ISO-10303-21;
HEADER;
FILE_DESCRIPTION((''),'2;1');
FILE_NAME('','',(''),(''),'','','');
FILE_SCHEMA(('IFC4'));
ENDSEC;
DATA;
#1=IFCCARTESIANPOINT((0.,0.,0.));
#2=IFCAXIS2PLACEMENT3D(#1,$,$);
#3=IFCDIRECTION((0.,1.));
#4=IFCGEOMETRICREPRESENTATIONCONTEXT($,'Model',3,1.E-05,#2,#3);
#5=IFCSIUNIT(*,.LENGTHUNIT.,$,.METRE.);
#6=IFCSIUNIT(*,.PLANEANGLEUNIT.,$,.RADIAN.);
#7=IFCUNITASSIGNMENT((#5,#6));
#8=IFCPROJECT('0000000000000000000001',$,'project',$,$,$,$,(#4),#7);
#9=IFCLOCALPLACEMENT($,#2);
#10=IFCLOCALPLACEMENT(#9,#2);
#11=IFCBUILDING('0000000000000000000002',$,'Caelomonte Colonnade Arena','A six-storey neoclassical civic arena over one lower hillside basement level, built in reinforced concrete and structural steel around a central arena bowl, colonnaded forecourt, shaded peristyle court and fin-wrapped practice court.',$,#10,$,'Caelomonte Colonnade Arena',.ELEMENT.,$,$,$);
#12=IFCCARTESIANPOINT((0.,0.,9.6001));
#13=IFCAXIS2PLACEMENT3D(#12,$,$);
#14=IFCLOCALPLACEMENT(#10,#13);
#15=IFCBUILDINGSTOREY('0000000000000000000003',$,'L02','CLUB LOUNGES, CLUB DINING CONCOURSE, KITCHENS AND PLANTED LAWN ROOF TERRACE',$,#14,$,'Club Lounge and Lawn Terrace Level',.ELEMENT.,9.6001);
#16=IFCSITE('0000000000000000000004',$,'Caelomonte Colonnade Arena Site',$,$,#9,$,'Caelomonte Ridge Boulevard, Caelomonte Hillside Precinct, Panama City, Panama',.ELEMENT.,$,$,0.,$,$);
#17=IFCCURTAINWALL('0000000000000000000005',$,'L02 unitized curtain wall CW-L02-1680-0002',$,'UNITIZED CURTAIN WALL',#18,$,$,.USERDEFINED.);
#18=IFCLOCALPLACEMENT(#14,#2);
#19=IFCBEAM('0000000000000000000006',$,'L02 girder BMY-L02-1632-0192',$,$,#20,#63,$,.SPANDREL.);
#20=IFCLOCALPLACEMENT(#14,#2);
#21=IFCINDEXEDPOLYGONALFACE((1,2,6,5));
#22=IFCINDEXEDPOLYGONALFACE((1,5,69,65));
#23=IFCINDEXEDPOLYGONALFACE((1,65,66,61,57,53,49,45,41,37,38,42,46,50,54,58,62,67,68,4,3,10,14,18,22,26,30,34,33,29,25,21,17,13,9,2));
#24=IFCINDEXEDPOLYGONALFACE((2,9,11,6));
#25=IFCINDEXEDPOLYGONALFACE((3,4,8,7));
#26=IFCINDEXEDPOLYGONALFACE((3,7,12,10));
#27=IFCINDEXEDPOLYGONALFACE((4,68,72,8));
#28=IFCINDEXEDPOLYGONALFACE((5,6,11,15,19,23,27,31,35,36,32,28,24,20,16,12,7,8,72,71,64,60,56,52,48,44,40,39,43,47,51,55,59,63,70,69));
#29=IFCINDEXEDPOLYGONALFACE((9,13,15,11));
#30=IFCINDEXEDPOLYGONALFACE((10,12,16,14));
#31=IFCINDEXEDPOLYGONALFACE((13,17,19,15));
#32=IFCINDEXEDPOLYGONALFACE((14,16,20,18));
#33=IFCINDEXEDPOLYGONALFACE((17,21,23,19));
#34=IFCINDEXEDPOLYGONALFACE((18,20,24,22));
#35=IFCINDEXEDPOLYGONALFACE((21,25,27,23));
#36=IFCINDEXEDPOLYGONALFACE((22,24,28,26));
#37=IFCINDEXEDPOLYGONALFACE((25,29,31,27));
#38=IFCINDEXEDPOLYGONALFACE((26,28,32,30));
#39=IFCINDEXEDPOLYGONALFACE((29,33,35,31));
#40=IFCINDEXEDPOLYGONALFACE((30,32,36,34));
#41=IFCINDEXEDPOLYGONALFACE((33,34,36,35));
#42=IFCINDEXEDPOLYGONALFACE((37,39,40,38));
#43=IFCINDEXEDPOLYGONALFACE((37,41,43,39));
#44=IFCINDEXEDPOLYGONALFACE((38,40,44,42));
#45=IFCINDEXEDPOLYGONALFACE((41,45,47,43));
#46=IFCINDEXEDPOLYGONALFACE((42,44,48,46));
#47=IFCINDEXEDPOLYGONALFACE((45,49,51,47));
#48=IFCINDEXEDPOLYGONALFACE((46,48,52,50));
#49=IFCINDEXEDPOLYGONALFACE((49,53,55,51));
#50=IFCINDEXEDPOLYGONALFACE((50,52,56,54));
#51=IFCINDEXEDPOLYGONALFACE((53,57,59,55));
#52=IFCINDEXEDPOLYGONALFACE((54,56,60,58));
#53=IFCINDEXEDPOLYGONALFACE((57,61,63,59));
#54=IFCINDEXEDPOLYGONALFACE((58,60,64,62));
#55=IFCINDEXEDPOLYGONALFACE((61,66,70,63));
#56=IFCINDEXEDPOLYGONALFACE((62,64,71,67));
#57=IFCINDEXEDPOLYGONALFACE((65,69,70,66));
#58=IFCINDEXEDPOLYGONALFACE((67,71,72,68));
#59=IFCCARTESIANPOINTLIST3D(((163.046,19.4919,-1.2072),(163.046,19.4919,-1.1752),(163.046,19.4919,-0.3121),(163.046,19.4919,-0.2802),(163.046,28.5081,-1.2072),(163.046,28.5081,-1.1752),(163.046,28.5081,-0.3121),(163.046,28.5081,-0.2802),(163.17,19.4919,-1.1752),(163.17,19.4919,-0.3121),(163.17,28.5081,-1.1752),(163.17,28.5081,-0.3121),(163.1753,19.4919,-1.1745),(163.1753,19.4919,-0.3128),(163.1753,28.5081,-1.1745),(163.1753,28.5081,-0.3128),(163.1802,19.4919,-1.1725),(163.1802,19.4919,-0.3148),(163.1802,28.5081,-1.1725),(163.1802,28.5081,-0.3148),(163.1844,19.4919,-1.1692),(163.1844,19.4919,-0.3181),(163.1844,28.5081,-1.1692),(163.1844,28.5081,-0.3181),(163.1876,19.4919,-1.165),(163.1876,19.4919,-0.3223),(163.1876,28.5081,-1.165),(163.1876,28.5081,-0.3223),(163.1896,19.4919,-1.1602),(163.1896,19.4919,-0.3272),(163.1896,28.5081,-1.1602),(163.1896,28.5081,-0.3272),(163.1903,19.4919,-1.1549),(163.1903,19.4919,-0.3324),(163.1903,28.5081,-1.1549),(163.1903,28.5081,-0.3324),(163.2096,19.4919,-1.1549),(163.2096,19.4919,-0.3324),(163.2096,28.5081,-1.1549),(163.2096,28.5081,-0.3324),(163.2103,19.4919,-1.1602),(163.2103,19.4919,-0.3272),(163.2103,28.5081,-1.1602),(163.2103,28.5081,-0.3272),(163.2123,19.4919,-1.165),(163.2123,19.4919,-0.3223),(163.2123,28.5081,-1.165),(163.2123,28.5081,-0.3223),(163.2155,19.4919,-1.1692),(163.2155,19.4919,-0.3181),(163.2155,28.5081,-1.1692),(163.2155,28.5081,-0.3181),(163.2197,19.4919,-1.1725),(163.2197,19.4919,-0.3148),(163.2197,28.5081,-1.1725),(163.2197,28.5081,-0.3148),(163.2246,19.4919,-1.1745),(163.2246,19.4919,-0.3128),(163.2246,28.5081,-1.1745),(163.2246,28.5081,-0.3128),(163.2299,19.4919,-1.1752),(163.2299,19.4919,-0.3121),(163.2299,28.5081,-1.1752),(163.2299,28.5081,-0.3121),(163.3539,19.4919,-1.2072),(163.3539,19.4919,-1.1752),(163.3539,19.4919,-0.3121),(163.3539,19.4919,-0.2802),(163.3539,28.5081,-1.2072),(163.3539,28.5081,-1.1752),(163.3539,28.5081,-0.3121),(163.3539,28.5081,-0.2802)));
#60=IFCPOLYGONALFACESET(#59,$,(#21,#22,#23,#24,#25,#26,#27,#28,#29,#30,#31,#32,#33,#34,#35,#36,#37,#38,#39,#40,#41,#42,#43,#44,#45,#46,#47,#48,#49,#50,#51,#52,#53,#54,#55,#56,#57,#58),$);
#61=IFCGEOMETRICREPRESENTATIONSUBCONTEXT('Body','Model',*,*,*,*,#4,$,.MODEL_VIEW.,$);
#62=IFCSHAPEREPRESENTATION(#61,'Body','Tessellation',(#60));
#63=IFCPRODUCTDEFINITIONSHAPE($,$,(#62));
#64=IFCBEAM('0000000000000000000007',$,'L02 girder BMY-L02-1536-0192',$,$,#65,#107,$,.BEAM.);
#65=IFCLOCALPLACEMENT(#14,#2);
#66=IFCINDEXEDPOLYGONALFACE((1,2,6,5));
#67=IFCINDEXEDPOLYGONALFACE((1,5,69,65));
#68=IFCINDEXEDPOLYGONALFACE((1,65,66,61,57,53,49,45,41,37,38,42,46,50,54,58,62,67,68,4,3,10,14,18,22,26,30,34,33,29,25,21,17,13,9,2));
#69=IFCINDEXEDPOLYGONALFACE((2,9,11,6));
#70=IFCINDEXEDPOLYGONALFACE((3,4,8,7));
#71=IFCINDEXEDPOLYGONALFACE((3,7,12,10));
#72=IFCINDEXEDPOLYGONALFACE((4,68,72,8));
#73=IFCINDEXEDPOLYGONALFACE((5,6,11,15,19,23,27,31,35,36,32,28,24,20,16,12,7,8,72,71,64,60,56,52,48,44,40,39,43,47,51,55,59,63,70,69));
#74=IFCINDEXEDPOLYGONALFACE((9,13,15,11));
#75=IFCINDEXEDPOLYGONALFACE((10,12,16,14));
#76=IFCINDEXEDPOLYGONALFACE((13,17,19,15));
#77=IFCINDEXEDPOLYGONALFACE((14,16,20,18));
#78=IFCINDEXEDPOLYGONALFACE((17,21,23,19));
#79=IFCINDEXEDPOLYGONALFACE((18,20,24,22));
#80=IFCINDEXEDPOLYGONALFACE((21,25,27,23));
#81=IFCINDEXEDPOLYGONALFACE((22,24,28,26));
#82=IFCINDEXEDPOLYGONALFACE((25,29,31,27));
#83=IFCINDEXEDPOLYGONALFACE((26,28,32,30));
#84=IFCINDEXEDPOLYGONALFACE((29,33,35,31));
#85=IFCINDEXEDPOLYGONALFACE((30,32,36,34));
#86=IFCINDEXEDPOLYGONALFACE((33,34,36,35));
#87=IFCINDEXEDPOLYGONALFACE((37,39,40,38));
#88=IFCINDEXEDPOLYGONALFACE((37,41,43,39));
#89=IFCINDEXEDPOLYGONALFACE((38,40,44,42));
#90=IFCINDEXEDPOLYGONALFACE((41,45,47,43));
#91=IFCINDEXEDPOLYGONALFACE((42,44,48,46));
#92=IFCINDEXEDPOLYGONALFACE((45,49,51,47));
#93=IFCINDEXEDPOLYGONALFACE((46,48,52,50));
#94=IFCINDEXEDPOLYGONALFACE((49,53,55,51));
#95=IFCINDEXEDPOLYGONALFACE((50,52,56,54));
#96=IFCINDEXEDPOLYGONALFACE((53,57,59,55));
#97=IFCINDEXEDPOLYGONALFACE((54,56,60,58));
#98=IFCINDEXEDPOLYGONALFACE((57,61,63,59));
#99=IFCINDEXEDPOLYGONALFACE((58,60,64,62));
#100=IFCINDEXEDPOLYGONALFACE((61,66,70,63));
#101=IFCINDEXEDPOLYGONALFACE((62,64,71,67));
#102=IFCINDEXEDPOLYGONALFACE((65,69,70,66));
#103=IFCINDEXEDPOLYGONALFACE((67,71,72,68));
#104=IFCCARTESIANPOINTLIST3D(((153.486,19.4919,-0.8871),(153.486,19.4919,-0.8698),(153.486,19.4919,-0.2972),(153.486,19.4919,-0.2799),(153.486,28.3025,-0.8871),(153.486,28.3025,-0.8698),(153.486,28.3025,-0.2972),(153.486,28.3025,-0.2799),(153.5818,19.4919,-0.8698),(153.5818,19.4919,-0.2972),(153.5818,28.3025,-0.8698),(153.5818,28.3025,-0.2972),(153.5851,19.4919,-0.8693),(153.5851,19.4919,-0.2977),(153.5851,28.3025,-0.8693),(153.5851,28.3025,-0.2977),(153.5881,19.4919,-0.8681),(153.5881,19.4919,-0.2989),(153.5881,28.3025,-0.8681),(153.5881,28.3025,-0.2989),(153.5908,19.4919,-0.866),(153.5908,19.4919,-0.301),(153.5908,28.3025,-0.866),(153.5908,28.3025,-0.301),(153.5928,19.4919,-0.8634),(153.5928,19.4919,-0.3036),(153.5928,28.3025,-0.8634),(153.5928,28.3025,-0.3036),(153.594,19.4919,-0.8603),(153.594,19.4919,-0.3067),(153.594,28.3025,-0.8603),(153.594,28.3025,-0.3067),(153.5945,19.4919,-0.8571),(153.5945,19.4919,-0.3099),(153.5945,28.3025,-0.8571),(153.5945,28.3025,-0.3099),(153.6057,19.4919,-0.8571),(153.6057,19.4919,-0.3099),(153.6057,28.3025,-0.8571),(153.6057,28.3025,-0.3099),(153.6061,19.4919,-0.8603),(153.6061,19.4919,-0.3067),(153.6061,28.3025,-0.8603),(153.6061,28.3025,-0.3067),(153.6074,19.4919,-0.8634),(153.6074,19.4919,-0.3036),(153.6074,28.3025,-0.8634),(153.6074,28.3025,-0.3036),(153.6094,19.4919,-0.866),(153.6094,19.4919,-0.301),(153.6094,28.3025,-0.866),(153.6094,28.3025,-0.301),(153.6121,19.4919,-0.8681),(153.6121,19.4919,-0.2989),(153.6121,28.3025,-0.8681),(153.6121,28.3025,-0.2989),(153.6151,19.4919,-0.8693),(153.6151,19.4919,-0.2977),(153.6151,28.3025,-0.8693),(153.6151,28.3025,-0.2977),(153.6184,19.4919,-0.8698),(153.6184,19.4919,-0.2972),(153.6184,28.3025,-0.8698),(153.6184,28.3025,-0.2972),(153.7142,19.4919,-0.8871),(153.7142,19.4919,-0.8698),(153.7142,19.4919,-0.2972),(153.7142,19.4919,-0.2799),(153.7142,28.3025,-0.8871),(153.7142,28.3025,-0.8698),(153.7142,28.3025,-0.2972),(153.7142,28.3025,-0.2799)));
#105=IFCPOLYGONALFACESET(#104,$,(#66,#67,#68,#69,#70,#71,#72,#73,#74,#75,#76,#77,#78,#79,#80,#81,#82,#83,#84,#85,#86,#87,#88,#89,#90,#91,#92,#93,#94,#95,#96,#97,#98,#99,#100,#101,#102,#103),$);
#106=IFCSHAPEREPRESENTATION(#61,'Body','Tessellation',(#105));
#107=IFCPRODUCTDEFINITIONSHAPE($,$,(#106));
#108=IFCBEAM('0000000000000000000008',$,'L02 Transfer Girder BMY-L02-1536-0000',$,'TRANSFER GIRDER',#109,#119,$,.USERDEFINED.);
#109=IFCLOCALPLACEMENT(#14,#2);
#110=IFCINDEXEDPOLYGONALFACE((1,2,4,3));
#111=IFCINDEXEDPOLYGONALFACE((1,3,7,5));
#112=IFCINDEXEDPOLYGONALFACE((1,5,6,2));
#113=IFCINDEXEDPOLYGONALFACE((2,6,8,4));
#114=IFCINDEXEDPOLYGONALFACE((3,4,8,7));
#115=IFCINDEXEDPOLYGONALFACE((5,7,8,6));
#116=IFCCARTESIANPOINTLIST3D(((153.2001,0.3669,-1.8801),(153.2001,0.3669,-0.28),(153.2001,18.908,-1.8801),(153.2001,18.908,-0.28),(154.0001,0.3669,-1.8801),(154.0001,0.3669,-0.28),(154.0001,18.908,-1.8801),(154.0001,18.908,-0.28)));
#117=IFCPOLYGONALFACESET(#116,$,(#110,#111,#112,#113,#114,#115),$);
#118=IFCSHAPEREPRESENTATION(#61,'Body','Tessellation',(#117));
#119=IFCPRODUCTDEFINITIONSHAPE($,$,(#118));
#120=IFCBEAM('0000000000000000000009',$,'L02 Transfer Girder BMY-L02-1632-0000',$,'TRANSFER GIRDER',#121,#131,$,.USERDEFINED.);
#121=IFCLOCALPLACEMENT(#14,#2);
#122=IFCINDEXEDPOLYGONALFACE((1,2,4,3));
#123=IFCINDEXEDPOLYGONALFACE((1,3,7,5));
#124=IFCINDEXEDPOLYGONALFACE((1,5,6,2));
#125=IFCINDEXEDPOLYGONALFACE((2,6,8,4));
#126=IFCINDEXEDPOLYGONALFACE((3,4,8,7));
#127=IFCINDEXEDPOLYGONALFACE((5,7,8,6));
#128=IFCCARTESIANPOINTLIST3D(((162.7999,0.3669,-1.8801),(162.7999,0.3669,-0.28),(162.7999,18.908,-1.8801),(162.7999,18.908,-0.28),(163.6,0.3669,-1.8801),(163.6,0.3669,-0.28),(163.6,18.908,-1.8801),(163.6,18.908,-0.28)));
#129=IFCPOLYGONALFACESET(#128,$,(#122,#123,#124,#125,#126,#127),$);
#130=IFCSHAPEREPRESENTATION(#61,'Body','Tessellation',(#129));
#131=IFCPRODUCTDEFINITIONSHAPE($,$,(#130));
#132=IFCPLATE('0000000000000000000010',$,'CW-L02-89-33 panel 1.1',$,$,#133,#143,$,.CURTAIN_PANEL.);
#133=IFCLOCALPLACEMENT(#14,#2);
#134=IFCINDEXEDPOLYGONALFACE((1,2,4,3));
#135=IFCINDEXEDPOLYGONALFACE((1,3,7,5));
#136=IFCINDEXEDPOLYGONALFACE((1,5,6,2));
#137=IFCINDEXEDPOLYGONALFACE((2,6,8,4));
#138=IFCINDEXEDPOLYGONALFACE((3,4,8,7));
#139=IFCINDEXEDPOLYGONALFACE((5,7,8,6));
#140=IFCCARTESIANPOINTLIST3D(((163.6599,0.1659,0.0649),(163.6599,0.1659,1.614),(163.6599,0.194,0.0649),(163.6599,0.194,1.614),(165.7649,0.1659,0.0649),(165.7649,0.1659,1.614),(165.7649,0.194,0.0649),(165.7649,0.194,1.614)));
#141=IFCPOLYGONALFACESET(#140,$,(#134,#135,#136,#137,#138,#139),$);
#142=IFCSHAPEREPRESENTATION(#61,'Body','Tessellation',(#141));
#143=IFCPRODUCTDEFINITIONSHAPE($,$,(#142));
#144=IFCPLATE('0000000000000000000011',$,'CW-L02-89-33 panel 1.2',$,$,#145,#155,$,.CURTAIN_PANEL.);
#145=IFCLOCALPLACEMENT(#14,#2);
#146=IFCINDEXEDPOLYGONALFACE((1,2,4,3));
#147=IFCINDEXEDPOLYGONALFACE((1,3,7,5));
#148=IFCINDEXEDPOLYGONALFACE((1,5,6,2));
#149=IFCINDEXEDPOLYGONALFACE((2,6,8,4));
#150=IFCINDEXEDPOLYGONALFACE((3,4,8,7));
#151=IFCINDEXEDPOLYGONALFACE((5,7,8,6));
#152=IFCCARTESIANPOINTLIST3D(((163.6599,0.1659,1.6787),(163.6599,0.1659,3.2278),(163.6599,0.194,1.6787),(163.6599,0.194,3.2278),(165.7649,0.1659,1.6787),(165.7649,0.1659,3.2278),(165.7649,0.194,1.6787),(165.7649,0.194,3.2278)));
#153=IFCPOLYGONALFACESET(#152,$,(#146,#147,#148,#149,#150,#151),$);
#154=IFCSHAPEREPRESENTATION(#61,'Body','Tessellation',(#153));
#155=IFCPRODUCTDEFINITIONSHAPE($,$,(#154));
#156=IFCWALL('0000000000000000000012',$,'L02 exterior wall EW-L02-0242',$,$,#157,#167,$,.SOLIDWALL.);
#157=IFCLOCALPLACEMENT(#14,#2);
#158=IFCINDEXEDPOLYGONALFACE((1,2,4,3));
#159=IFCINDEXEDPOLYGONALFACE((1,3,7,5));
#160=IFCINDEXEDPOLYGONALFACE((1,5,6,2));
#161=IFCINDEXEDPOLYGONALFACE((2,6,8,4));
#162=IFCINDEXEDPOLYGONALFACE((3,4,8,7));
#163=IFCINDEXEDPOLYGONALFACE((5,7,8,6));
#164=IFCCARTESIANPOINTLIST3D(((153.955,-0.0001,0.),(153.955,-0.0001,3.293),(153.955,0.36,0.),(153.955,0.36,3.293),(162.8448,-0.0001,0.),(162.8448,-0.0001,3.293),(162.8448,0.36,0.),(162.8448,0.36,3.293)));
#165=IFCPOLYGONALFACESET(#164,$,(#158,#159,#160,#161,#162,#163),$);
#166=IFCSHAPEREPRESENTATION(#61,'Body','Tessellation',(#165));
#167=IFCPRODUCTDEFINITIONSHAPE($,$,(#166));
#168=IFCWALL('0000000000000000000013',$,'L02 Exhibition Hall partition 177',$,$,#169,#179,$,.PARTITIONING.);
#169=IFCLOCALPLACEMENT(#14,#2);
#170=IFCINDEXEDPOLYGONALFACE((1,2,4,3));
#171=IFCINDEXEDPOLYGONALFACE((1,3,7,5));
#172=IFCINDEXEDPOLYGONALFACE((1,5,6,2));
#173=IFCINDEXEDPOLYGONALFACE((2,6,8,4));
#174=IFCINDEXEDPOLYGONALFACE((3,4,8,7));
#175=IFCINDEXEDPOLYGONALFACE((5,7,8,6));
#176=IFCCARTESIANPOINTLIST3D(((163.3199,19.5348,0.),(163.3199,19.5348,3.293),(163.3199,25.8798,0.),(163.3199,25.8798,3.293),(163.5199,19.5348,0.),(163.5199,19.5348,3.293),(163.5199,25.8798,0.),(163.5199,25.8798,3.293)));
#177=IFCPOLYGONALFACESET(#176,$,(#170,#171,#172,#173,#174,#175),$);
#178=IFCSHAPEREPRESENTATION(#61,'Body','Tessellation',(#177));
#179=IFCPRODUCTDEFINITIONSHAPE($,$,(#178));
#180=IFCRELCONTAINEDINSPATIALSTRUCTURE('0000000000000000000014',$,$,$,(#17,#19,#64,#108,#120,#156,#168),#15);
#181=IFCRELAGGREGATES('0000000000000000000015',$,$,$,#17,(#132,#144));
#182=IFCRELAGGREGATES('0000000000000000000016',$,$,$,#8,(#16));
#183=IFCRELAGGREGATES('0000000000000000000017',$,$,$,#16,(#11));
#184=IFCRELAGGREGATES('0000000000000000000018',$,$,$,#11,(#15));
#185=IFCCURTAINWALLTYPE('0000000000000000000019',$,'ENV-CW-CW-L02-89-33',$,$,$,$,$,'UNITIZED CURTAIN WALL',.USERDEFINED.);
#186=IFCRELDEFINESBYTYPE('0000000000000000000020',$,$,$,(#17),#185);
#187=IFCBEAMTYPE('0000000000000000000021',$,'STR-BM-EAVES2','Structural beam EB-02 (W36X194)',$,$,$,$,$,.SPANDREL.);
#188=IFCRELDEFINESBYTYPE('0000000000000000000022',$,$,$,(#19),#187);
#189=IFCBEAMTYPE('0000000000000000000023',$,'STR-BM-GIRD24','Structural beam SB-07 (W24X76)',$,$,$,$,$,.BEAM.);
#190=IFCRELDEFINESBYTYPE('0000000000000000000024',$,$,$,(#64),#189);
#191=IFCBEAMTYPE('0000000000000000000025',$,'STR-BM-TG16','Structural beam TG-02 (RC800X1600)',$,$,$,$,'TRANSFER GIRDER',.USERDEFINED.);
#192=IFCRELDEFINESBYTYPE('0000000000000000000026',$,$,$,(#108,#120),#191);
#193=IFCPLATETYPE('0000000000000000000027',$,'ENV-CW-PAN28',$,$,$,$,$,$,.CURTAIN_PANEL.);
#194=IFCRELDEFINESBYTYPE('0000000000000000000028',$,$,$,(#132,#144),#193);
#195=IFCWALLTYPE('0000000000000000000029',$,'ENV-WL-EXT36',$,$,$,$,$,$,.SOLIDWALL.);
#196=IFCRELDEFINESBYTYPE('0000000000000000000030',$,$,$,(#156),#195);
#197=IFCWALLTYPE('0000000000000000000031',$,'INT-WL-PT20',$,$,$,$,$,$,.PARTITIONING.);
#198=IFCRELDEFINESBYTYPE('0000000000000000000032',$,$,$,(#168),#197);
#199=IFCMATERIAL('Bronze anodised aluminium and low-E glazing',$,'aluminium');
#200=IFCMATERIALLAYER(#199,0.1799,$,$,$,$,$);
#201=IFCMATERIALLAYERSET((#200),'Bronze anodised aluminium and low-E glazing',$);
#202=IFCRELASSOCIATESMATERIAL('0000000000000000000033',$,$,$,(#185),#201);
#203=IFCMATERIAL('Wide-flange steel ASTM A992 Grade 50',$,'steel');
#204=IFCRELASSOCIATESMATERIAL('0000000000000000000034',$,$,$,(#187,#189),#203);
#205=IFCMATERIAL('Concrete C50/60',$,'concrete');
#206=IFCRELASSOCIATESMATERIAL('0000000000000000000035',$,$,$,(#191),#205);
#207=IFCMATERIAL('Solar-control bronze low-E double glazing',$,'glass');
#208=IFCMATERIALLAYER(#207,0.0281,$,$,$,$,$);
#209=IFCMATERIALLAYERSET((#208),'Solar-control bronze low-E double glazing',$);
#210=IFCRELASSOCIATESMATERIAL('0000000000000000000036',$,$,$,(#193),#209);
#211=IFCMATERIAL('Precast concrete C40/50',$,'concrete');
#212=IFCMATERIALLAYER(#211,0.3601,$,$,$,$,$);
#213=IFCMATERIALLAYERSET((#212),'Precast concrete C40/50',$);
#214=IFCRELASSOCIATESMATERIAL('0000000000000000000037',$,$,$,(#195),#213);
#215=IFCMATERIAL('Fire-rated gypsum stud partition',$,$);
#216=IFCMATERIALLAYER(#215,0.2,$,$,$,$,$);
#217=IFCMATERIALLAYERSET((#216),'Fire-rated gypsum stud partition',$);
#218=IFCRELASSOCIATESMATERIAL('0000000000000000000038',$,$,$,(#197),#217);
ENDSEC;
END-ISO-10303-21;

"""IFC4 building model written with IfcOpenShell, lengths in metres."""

from ifc_helpers import new_model, si_unit, direction, frame, frame_2d, origin, origin_2d, place, context, subcontext, project, spatial, rectangle, i_section, extrude, material, layer, layer_set, material_profile, profile_set, type_object, element, aggregate, save


model = new_model("IFC4")

# Units and contexts
model_context = context("Model", 3, precision=1e-05, world=origin(), true_north=direction((0.0, 1.0)))
body_context = subcontext(model_context, "Body", "Model", "MODEL_VIEW")
ifc_project = project(units=[si_unit("LENGTHUNIT", "METRE"), si_unit("PLANEANGLEUNIT", "RADIAN")], contexts=[model_context])

# Site, building, storey
site_placement = place(None, origin())
site = spatial("IfcSite", under=ifc_project, at=site_placement, Name="Caelomonte Colonnade Arena Site", LongName="Caelomonte Ridge Boulevard, Caelomonte Hillside Precinct, Panama City, Panama", CompositionType="ELEMENT", RefElevation=0.0)
building_placement = place(site_placement, origin())
building = spatial("IfcBuilding", under=site, at=building_placement, Name="Caelomonte Colonnade Arena", Description="A six-storey neoclassical civic arena over one lower hillside basement level, built in reinforced concrete and structural steel around a central arena bowl, colonnaded forecourt, shaded peristyle court and fin-wrapped practice court.", LongName="Caelomonte Colonnade Arena", CompositionType="ELEMENT")
storey_placement = place(building_placement, frame((0.0, 0.0, 9.6001)))
storey = spatial("IfcBuildingStorey", under=building, at=storey_placement, Name="L02", Description="CLUB LOUNGES, CLUB DINING CONCOURSE, KITCHENS AND PLANTED LAWN ROOF TERRACE", LongName="Club Lounge and Lawn Terrace Level", CompositionType="ELEMENT", Elevation=9.6001)

# Curtain wall
ifc_material_1 = material(Name="Bronze anodised aluminium and low-E glazing", Category="aluminium")
ifc_layer_1 = layer(ifc_material_1, 0.1799)
ifc_layer_set_1 = layer_set([ifc_layer_1], Name="Bronze anodised aluminium and low-E glazing")
curtain_wall_type = type_object("IfcCurtainWallType", Name="ENV-CW-CW-L02-89-33", ElementType="UNITIZED CURTAIN WALL", PredefinedType="USERDEFINED", material=ifc_layer_set_1)
curtain_wall_placement = place(storey_placement, origin())
curtain_wall = element("IfcCurtainWall", 1, at=curtain_wall_placement, inside=storey, type_object=curtain_wall_type, Name="L02 unitized curtain wall CW-L02-1680-0002", ObjectType="UNITIZED CURTAIN WALL", PredefinedType="USERDEFINED")

# Beams
ifc_material_2 = material(Name="Wide-flange steel ASTM A992 Grade 50", Category="steel")
ifc_material_profile_1 = material_profile(ifc_material_2, i_section(OverallWidth=0.3079, OverallDepth=0.927, WebThickness=0.0193, FlangeThickness=0.032, FilletRadius=0.0203, at=origin_2d()), Name="W36X194")
ifc_profile_set_1 = profile_set([ifc_material_profile_1], Name="Wide-flange steel ASTM A992 Grade 50")
beam_type_1 = type_object("IfcBeamType", Name="STR-BM-EAVES2", Description="Structural beam EB-02 (W36X194)", PredefinedType="SPANDREL", material=ifc_profile_set_1)
for number, where, z_axis, x_axis, name in (
    (2, (163.2, 19.4919, -0.7437), (0.0, 1.0, 0.0), (-1.0, 0.0, 0.0), "L02 girder BMY-L02-1632-0192"),
):
    element("IfcBeam", number, at=place(storey_placement, frame(where, z_axis=z_axis, x_axis=x_axis)), inside=storey, type_object=beam_type_1, Name=name, PredefinedType="SPANDREL", context=body_context, shape_type="SweptSolid", body=[
        extrude(i_section(OverallWidth=0.3079, OverallDepth=0.927, WebThickness=0.0193, FlangeThickness=0.032, FilletRadius=0.0203, at=origin_2d()), origin(), (0.0, 0.0, 1.0), 9.0161),
    ])
ifc_material_profile_2 = material_profile(ifc_material_2, i_section(OverallWidth=0.2283, OverallDepth=0.6072, WebThickness=0.0112, FlangeThickness=0.0173, FilletRadius=0.0127, at=origin_2d()), Name="W24X76")
ifc_profile_set_2 = profile_set([ifc_material_profile_2], Name="Wide-flange steel ASTM A992 Grade 50")
beam_type_2 = type_object("IfcBeamType", Name="STR-BM-GIRD24", Description="Structural beam SB-07 (W24X76)", PredefinedType="BEAM", material=ifc_profile_set_2)
beam_1_placement = place(storey_placement, frame((153.6001, 19.4919, -0.5835), z_axis=(0.0, 1.0, 0.0), x_axis=(-1.0, 0.0, 0.0)))
element("IfcBeam", 3, at=beam_1_placement, inside=storey, type_object=beam_type_2, Name="L02 girder BMY-L02-1536-0192", PredefinedType="BEAM", context=body_context, shape_type="SweptSolid", body=[
    extrude(i_section(OverallWidth=0.2283, OverallDepth=0.6072, WebThickness=0.0112, FlangeThickness=0.0173, FilletRadius=0.0127, at=origin_2d()), origin(), (0.0, 0.0, 1.0), 8.8105),
])
ifc_material_3 = material(Name="Concrete C50/60", Category="concrete")
ifc_material_profile_3 = material_profile(ifc_material_3, rectangle(XDim=0.8, YDim=1.6001, at=origin_2d()), Name="RC800X1600")
ifc_profile_set_3 = profile_set([ifc_material_profile_3], Name="Concrete C50/60")
beam_type_3 = type_object("IfcBeamType", Name="STR-BM-TG16", Description="Structural beam TG-02 (RC800X1600)", ElementType="TRANSFER GIRDER", PredefinedType="USERDEFINED", material=ifc_profile_set_3)
for number, where, z_axis, x_axis, name in (
    (4, (153.6001, 0.3669, -1.0801), (0.0, 1.0, 0.0), (-1.0, 0.0, 0.0), "L02 Transfer Girder BMY-L02-1536-0000"),
    (5, (163.2, 0.3669, -1.0801), (0.0, 1.0, 0.0), (-1.0, 0.0, 0.0), "L02 Transfer Girder BMY-L02-1632-0000"),
):
    element("IfcBeam", number, at=place(storey_placement, frame(where, z_axis=z_axis, x_axis=x_axis)), inside=storey, type_object=beam_type_3, Name=name, ObjectType="TRANSFER GIRDER", PredefinedType="USERDEFINED", context=body_context, shape_type="SweptSolid", body=[
        extrude(rectangle(XDim=0.8, YDim=1.6001, at=origin_2d()), origin(), (0.0, 0.0, 1.0), 18.541),
    ])

# Plates
ifc_material_4 = material(Name="Solar-control bronze low-E double glazing", Category="glass")
ifc_layer_2 = layer(ifc_material_4, 0.0281)
ifc_layer_set_2 = layer_set([ifc_layer_2], Name="Solar-control bronze low-E double glazing")
plate_type = type_object("IfcPlateType", Name="ENV-CW-PAN28", PredefinedType="CURTAIN_PANEL", material=ifc_layer_set_2)
plate_1_placement = place(storey_placement, frame((164.7124, 0.1799, 0.0649), z_axis=(0.0, 0.0, 1.0), x_axis=(1.0, 0.0, 0.0)))
plate_1 = element("IfcPlate", 6, at=plate_1_placement, type_object=plate_type, Name="CW-L02-89-33 panel 1.1", PredefinedType="CURTAIN_PANEL", context=body_context, shape_type="SweptSolid", body=[
    extrude(rectangle(XDim=2.105, YDim=0.0281, at=origin_2d()), origin(), (0.0, 0.0, 1.0), 1.5491),
])
plate_2_placement = place(storey_placement, frame((164.7124, 0.1799, 1.6787), z_axis=(0.0, 0.0, 1.0), x_axis=(1.0, 0.0, 0.0)))
plate_2 = element("IfcPlate", 7, at=plate_2_placement, type_object=plate_type, Name="CW-L02-89-33 panel 1.2", PredefinedType="CURTAIN_PANEL", context=body_context, shape_type="SweptSolid", body=[
    extrude(rectangle(XDim=2.105, YDim=0.0281, at=origin_2d()), origin(), (0.0, 0.0, 1.0), 1.5491),
])
aggregate(curtain_wall, [plate_1, plate_2])

# Walls
ifc_material_5 = material(Name="Precast concrete C40/50", Category="concrete")
ifc_layer_3 = layer(ifc_material_5, 0.3601)
ifc_layer_set_3 = layer_set([ifc_layer_3], Name="Precast concrete C40/50")
wall_type_1 = type_object("IfcWallType", Name="ENV-WL-EXT36", PredefinedType="SOLIDWALL", material=ifc_layer_set_3)
wall_1_placement = place(storey_placement, frame((153.9551, 0.1799, 0.0), z_axis=(0.0, 0.0, 1.0), x_axis=(1.0, 0.0, 0.0)))
element("IfcWall", 8, at=wall_1_placement, inside=storey, type_object=wall_type_1, Name="L02 exterior wall EW-L02-0242", PredefinedType="SOLIDWALL", context=body_context, shape_type="SweptSolid", body=[
    extrude(rectangle(XDim=8.8899, YDim=0.3601, at=frame_2d((4.4448, 0.0))), origin(), (0.0, 0.0, 1.0), 3.293),
])
ifc_material_6 = material(Name="Fire-rated gypsum stud partition")
ifc_layer_4 = layer(ifc_material_6, 0.2)
ifc_layer_set_4 = layer_set([ifc_layer_4], Name="Fire-rated gypsum stud partition")
wall_type_2 = type_object("IfcWallType", Name="INT-WL-PT20", PredefinedType="PARTITIONING", material=ifc_layer_set_4)
wall_2_placement = place(storey_placement, frame((163.4199, 19.5349, 0.0), z_axis=(0.0, 0.0, 1.0), x_axis=(0.0, 1.0, 0.0)))
element("IfcWall", 9, at=wall_2_placement, inside=storey, type_object=wall_type_2, Name="L02 Exhibition Hall partition 177", PredefinedType="PARTITIONING", context=body_context, shape_type="SweptSolid", body=[
    extrude(rectangle(XDim=6.345, YDim=0.2, at=frame_2d((3.1724, 0.0))), origin(), (0.0, 0.0, 1.0), 3.293),
])

save(model, "model.ifc")
